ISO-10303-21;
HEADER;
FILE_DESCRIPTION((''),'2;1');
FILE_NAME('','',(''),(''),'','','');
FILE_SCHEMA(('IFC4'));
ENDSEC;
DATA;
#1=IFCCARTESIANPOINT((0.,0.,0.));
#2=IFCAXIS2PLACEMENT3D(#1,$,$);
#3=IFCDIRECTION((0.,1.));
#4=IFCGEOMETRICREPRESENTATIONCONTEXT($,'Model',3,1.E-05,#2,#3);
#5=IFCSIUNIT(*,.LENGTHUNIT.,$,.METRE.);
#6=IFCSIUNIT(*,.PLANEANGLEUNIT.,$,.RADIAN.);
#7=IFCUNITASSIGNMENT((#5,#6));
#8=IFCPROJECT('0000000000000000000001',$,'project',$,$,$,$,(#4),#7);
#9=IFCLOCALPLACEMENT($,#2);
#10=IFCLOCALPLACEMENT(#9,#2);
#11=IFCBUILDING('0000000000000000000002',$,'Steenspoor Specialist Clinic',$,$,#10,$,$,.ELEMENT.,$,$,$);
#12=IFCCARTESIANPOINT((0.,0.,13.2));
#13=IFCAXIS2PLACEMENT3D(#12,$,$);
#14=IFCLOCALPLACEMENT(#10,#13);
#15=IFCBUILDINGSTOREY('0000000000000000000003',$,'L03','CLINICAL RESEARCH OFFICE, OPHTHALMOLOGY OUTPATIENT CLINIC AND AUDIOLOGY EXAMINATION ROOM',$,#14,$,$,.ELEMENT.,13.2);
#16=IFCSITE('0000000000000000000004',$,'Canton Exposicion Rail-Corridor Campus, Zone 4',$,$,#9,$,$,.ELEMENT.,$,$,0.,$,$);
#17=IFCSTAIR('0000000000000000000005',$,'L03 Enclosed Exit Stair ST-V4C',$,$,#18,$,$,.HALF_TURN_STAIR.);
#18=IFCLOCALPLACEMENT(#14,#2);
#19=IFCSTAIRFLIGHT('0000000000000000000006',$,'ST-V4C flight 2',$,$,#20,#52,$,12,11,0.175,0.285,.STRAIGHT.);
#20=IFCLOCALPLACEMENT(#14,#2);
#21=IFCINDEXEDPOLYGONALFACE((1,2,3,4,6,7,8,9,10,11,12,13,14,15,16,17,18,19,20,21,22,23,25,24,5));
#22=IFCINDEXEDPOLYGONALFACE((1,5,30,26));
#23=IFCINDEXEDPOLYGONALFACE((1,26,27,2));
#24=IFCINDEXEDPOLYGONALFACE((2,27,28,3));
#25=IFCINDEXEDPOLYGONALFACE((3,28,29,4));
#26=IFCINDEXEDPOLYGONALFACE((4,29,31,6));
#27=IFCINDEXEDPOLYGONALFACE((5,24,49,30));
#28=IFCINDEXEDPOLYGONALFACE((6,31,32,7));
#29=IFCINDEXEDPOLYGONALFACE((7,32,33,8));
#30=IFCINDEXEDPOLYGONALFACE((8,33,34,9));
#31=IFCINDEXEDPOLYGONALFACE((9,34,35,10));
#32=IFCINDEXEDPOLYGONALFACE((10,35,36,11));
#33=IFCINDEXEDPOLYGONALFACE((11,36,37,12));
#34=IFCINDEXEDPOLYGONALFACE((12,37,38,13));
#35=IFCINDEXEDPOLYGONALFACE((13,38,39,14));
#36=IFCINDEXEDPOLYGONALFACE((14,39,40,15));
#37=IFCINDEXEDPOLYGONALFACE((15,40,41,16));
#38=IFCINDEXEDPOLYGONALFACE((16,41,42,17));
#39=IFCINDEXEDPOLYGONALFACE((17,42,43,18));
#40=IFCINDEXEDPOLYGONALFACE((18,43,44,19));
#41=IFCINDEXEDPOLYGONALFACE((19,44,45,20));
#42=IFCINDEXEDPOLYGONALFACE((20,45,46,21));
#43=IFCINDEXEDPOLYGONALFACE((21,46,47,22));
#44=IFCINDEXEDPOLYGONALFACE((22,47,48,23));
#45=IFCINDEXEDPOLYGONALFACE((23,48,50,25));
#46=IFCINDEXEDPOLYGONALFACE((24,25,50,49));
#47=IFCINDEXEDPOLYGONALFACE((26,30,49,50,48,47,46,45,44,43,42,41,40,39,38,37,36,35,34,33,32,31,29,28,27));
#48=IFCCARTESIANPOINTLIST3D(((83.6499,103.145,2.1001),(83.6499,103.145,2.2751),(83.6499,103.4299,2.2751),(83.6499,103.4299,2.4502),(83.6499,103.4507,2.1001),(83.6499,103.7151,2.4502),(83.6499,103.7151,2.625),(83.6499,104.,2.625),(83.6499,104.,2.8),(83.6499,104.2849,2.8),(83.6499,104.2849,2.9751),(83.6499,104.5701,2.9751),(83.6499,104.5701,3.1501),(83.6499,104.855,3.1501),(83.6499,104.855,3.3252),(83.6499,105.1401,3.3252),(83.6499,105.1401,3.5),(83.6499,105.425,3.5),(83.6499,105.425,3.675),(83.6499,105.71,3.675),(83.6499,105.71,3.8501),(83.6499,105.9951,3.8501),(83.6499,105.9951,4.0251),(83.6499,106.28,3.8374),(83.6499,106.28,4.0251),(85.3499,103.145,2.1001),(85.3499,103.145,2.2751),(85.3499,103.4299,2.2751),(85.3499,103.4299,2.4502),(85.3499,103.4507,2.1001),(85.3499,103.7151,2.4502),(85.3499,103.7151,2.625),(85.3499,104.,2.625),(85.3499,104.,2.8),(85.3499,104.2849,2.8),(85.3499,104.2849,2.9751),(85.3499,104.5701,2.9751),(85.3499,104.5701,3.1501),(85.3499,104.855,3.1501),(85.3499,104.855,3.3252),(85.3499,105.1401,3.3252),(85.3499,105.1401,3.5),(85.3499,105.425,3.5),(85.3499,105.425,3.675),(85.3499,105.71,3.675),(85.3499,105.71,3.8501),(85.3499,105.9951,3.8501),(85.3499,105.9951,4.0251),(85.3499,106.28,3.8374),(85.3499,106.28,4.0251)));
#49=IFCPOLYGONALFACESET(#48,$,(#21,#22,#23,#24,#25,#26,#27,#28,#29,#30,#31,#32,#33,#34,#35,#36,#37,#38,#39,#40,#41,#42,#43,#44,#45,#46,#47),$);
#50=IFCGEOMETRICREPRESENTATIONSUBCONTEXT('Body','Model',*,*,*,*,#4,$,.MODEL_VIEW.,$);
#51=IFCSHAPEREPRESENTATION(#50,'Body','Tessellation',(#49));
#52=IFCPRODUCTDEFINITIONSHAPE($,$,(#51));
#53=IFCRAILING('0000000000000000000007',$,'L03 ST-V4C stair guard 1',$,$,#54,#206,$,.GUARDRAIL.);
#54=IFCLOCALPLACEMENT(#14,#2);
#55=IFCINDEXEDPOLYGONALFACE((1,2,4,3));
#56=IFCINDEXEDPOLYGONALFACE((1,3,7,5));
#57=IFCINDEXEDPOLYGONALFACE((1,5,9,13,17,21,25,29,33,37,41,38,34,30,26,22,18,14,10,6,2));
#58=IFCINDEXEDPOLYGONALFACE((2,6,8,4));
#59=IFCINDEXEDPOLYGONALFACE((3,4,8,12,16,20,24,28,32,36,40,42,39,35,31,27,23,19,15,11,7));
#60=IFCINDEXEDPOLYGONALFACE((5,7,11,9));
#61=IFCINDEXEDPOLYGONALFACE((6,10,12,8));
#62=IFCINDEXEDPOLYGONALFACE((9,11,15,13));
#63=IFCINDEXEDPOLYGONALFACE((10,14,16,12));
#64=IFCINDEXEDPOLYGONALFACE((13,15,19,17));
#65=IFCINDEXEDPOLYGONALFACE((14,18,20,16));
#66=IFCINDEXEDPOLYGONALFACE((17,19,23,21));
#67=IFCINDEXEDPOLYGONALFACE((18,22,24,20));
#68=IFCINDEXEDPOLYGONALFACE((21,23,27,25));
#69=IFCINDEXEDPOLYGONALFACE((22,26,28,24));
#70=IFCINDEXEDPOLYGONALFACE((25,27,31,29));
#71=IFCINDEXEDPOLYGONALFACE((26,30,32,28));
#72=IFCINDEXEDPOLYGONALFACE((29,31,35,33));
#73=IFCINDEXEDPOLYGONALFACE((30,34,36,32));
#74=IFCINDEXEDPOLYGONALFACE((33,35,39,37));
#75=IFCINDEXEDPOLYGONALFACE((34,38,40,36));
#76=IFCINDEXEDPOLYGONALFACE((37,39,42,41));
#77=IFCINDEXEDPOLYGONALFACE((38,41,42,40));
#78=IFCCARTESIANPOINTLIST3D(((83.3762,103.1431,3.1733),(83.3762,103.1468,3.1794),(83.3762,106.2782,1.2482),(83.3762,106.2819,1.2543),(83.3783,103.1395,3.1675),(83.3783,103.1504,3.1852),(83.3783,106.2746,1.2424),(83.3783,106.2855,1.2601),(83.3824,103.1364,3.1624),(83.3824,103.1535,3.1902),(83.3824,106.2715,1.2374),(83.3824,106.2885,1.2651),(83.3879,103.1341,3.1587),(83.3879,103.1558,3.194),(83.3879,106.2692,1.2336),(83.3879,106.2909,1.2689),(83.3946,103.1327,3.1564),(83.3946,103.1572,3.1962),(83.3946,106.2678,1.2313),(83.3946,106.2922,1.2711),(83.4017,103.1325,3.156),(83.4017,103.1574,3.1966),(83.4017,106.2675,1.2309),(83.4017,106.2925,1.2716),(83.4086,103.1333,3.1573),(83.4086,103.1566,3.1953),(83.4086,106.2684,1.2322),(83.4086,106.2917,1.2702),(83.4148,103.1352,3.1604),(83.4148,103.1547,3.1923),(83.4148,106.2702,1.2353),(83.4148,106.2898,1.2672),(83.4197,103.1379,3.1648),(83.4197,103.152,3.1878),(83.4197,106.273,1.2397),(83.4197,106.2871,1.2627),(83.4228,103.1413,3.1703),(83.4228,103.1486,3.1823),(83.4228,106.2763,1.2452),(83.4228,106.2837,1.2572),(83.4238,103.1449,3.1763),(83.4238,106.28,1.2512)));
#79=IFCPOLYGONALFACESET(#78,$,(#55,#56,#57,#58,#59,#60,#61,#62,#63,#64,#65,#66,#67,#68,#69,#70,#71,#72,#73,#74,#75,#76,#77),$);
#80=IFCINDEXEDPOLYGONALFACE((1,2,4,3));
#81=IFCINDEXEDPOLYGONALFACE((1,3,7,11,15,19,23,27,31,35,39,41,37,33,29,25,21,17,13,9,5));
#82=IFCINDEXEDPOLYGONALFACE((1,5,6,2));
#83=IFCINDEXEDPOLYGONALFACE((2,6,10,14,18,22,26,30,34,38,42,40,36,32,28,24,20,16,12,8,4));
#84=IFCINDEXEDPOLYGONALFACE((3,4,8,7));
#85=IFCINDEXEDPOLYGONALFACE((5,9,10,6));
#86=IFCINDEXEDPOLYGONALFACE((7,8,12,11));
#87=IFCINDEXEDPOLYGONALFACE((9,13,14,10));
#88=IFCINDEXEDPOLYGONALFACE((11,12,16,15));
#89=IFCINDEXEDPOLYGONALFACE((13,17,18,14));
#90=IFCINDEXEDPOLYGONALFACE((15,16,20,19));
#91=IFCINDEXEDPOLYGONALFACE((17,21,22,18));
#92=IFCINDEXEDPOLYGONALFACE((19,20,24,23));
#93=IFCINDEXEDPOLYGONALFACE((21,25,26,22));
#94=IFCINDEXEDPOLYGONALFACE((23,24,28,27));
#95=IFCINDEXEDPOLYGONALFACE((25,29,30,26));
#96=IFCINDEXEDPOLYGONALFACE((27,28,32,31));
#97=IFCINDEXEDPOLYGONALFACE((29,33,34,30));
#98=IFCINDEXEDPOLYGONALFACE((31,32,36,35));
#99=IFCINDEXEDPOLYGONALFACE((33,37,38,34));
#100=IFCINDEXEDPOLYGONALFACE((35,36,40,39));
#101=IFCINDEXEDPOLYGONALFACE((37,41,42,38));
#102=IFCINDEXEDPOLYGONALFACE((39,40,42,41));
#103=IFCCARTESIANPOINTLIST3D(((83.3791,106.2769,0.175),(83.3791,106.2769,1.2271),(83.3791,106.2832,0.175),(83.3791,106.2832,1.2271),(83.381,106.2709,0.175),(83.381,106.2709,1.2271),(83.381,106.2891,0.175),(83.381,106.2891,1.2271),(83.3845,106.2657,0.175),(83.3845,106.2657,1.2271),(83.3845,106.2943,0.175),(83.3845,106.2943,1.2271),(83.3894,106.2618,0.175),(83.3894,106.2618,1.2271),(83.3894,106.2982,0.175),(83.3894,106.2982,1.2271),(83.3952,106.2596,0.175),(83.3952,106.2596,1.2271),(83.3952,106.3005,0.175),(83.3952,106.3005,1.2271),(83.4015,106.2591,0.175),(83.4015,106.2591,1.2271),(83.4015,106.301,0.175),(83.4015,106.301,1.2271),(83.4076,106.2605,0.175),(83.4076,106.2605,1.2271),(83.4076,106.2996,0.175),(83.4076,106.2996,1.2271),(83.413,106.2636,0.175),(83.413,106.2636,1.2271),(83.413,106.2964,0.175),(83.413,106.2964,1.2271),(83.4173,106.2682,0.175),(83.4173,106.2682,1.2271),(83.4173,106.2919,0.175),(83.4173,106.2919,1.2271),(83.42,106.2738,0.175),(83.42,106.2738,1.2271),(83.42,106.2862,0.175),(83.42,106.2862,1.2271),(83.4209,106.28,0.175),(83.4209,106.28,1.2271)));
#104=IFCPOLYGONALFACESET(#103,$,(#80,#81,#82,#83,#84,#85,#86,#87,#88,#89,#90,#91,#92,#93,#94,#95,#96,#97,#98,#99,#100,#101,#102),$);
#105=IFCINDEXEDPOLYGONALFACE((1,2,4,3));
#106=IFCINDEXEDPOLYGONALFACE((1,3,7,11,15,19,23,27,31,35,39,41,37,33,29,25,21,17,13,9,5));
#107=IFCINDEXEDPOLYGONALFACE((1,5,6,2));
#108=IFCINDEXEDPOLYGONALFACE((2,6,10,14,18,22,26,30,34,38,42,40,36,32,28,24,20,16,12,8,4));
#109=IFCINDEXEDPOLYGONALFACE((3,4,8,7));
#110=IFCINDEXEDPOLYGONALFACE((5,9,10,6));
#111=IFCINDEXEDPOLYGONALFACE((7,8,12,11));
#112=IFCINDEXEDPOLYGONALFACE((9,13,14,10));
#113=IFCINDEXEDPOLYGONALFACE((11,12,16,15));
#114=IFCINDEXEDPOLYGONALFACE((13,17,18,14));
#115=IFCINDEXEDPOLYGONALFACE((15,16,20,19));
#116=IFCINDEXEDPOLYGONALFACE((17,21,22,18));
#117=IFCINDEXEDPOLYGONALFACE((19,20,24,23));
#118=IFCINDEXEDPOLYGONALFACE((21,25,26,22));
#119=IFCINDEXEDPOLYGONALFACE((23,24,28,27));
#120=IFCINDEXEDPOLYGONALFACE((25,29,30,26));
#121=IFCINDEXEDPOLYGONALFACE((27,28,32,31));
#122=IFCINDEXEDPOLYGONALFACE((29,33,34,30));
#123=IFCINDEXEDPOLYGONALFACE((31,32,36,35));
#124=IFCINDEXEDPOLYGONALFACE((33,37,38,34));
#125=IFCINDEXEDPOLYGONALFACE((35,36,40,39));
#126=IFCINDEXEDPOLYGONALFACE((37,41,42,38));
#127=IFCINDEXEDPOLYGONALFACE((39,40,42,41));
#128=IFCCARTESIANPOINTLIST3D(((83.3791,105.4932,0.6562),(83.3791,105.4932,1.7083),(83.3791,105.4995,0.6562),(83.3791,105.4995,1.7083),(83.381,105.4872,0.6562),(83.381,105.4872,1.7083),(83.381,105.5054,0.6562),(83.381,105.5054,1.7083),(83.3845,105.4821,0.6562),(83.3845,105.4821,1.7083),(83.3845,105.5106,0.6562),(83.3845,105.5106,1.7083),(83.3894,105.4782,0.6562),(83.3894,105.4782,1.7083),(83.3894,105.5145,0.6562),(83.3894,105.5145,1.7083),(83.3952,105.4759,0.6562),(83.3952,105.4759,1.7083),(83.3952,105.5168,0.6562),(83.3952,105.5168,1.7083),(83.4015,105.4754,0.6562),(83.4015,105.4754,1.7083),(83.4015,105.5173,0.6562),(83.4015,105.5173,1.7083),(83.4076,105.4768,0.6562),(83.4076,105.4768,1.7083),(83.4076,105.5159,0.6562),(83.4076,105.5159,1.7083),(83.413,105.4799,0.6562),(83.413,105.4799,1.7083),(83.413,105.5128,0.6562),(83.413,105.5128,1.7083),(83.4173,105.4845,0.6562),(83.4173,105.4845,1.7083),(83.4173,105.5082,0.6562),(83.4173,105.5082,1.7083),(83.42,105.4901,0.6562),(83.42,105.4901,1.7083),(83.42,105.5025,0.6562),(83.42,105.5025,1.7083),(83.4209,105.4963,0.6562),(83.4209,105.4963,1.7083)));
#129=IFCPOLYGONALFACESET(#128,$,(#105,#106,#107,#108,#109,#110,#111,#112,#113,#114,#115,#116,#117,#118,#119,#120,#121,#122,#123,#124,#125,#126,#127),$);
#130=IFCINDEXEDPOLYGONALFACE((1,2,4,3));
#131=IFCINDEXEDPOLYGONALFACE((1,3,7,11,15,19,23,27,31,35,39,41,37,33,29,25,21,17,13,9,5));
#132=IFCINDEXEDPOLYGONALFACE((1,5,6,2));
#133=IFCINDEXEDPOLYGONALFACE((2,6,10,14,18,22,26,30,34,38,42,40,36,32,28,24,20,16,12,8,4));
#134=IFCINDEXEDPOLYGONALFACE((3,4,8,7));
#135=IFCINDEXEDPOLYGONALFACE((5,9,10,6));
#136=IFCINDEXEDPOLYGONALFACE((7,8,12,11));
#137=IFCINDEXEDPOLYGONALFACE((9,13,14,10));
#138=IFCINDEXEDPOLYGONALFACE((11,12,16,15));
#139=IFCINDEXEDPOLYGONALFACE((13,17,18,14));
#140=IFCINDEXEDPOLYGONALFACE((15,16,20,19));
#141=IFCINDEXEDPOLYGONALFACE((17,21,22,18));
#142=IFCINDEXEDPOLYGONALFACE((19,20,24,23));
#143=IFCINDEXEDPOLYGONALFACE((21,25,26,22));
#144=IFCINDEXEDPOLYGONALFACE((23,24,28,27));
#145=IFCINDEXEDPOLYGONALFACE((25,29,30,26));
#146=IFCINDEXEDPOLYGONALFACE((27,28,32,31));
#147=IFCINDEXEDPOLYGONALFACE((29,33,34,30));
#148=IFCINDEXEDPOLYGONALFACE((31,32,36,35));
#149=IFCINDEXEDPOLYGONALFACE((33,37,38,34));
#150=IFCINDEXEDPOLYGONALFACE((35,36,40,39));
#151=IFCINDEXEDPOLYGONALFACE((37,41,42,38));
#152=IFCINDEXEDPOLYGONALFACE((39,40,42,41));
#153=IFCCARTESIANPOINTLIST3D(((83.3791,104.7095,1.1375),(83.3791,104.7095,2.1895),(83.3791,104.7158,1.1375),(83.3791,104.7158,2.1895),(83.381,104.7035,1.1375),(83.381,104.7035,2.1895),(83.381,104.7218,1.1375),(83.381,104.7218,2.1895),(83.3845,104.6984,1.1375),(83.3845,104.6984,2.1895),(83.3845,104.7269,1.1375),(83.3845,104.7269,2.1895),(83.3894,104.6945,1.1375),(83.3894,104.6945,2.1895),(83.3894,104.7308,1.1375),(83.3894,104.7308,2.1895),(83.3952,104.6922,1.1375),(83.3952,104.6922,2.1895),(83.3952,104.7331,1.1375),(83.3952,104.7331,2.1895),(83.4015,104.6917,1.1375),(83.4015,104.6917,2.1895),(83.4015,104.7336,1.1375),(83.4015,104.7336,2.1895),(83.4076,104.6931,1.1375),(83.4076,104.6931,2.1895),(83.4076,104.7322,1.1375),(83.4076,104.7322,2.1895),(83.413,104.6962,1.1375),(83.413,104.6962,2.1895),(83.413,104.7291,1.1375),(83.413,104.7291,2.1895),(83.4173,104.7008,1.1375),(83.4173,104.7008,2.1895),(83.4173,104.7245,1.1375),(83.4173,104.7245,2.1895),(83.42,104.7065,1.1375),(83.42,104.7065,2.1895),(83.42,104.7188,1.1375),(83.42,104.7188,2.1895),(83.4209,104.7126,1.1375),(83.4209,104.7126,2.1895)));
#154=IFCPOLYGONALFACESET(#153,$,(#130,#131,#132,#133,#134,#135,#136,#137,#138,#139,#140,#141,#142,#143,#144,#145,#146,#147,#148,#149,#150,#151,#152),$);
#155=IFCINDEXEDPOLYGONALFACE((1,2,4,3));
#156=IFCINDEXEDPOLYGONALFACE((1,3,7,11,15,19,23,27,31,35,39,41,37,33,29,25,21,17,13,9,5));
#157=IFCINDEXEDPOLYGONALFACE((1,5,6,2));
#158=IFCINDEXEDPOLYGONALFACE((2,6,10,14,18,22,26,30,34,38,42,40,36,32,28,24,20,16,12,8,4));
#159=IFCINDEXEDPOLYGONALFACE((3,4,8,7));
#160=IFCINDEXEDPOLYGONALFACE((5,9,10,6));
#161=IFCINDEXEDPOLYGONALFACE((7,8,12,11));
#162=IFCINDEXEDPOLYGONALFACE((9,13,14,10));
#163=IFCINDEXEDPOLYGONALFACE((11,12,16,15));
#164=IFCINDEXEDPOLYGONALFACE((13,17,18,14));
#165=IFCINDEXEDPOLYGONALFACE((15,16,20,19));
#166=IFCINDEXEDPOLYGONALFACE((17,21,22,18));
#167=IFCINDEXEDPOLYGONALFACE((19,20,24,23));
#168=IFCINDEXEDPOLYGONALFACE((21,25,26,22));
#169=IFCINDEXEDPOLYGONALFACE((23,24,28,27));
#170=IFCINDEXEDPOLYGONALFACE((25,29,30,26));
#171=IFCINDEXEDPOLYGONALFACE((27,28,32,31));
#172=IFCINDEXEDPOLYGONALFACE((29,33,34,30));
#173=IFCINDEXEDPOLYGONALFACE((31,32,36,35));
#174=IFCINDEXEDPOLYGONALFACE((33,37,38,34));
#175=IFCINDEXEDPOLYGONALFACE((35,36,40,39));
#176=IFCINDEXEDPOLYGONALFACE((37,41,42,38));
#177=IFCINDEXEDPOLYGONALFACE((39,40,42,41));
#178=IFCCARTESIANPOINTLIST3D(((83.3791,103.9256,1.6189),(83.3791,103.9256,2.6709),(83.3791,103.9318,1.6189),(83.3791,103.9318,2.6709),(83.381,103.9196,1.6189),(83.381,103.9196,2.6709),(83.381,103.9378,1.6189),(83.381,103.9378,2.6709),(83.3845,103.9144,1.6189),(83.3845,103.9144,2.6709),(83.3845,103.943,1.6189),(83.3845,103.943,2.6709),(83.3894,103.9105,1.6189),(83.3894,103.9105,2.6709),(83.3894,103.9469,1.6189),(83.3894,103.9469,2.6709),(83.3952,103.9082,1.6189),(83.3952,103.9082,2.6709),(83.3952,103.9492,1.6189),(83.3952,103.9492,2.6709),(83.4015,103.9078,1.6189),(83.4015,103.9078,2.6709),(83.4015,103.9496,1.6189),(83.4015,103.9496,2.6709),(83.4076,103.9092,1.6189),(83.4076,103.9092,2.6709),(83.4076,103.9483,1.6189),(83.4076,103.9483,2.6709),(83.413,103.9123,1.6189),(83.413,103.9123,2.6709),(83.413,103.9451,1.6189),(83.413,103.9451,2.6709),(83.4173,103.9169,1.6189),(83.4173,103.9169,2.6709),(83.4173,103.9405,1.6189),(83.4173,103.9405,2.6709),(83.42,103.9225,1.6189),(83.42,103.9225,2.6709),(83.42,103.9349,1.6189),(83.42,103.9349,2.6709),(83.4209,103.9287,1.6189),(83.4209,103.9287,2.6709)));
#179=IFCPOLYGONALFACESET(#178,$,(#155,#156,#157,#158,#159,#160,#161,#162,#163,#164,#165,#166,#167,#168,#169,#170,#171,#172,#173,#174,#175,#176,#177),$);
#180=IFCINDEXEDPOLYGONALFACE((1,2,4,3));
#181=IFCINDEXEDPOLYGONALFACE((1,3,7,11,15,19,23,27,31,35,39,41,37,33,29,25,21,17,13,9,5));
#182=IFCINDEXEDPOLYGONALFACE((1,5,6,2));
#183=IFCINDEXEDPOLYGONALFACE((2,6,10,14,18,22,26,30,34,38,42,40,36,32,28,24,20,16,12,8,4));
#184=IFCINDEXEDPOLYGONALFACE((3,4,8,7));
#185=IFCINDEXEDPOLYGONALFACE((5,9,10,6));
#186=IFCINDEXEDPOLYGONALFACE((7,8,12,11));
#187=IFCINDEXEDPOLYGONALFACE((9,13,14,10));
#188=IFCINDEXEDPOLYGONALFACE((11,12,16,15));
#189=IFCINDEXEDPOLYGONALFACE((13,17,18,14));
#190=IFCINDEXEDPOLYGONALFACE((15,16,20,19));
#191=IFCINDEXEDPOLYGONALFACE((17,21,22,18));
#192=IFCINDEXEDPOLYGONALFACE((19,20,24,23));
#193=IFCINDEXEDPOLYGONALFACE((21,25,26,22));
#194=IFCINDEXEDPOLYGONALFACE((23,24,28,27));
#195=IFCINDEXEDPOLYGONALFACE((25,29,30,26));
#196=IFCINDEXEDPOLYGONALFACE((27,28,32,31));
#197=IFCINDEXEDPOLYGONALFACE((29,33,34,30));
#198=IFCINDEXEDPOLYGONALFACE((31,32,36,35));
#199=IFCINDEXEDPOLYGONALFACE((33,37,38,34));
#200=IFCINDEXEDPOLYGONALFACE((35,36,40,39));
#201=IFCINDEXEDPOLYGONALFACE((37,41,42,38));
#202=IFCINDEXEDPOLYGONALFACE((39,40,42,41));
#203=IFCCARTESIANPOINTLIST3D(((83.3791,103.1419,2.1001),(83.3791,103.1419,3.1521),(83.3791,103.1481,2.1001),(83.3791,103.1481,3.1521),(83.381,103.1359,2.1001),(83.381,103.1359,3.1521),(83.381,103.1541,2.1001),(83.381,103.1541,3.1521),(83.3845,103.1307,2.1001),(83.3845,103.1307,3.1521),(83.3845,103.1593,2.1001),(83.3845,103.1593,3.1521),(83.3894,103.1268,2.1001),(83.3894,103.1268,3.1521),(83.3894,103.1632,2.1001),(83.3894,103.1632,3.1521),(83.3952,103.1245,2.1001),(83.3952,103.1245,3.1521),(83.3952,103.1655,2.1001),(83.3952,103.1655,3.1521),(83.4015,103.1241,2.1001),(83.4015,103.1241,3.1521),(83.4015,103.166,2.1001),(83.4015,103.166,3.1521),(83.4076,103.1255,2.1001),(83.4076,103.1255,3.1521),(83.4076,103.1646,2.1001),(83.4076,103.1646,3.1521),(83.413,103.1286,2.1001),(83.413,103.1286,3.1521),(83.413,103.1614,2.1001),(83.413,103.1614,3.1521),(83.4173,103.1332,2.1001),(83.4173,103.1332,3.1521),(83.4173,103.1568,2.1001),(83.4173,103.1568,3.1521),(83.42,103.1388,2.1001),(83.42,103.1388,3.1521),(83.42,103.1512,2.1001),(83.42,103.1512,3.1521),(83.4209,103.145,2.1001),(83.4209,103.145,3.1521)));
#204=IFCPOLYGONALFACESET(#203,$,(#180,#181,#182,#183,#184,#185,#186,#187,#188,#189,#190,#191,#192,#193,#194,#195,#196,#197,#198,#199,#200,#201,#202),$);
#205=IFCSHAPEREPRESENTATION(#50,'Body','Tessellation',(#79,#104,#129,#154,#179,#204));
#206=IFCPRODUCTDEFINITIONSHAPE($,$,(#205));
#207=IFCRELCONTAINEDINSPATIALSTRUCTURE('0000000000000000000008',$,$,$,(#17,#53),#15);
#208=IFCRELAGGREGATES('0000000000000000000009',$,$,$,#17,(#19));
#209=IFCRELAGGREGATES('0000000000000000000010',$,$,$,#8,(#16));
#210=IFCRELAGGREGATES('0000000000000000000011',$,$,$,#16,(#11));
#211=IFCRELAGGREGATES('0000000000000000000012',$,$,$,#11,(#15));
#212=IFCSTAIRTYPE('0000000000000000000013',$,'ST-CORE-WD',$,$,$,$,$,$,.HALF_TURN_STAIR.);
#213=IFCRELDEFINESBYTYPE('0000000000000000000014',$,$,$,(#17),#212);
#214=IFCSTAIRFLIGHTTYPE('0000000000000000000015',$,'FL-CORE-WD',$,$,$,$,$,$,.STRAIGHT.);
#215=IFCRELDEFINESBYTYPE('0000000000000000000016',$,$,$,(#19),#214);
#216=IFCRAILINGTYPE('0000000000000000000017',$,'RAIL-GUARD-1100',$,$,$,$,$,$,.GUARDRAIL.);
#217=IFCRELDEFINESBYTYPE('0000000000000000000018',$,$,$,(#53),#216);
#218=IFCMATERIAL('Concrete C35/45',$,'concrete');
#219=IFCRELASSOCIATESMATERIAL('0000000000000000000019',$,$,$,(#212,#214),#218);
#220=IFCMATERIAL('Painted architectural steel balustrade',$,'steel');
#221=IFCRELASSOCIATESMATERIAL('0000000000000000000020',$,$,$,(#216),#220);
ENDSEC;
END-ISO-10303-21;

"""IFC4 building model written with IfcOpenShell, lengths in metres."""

from ifc_helpers import new_model, si_unit, direction, frame, origin, origin_2d, place, context, subcontext, project, spatial, polyline, circle, outline, extrude, material, type_object, element, aggregate, save


model = new_model("IFC4")

# Units and contexts
model_context = context("Model", 3, precision=1e-05, world=origin(), true_north=direction((0.0, 1.0)))
body_context = subcontext(model_context, "Body", "Model", "MODEL_VIEW")
ifc_project = project(units=[si_unit("LENGTHUNIT", "METRE"), si_unit("PLANEANGLEUNIT", "RADIAN")], contexts=[model_context])

# Site, building, storey
site_placement = place(None, origin())
site = spatial("IfcSite", under=ifc_project, at=site_placement, Name="Canton Exposicion Rail-Corridor Campus, Zone 4", CompositionType="ELEMENT", RefElevation=0.0)
building_placement = place(site_placement, origin())
building = spatial("IfcBuilding", under=site, at=building_placement, Name="Steenspoor Specialist Clinic", CompositionType="ELEMENT")
storey_placement = place(building_placement, frame((0.0, 0.0, 13.2)))
storey = spatial("IfcBuildingStorey", under=building, at=storey_placement, Name="L03", Description="CLINICAL RESEARCH OFFICE, OPHTHALMOLOGY OUTPATIENT CLINIC AND AUDIOLOGY EXAMINATION ROOM", CompositionType="ELEMENT", Elevation=13.2)

# Shared definitions
ifc_material_1 = material(Name="Concrete C35/45", Category="concrete")

# Stair, stair flight
stair_type = type_object("IfcStairType", Name="ST-CORE-WD", PredefinedType="HALF_TURN_STAIR", material=ifc_material_1)
stair_placement = place(storey_placement, origin())
stair = element("IfcStair", 1, at=stair_placement, inside=storey, type_object=stair_type, Name="L03 Enclosed Exit Stair ST-V4C", PredefinedType="HALF_TURN_STAIR")
stair_flight_type = type_object("IfcStairFlightType", Name="FL-CORE-WD", PredefinedType="STRAIGHT", material=ifc_material_1)
stair_flight_1_placement = place(storey_placement, frame((84.5, 103.145, 2.1001), z_axis=(0.0, 0.0, 1.0), x_axis=(0.0, 1.0, 0.0)))
stair_flight_1 = element("IfcStairFlight", 2, at=stair_flight_1_placement, type_object=stair_flight_type, Name="ST-V4C flight 2", NumberOfRisers=12, NumberOfTreads=11, PredefinedType="STRAIGHT", RiserHeight=0.175, TreadLength=0.285, context=body_context, shape_type="SweptSolid", body=[
    extrude(outline(polyline([(0.0, 0.0), (0.0, 0.175), (0.2849, 0.175), (0.2849, 0.3501), (0.5701, 0.3501), (0.5701, 0.5249), (0.855, 0.5249), (0.855, 0.7), (1.1399, 0.7), (1.1399, 0.875), (1.425, 0.875), (1.425, 1.05), (1.71, 1.05), (1.71, 1.2251), (1.9951, 1.2251), (1.9951, 1.3999), (2.28, 1.3999), (2.28, 1.575), (2.5649, 1.575), (2.5649, 1.75), (2.8501, 1.75), (2.8501, 1.925), (3.135, 1.925), (3.135, 2.1001), (3.135, 1.7373), (0.3057, 0.0), (0.0, 0.0)])), frame((0.0, 0.8501, 0.0), z_axis=(0.0, -1.0, 0.0), x_axis=(1.0, 0.0, 0.0)), (0.0, 0.0, 1.0), 1.7),
])
aggregate(stair, [stair_flight_1])

# Railing
ifc_material_2 = material(Name="Painted architectural steel balustrade", Category="steel")
railing_type_1 = type_object("IfcRailingType", Name="RAIL-GUARD-1100", PredefinedType="GUARDRAIL", material=ifc_material_2)
railing_1_placement = place(storey_placement, frame((83.3999, 106.28, 0.175)))
element("IfcRailing", 3, at=railing_1_placement, inside=storey, type_object=railing_type_1, Name="L03 ST-V4C stair guard 1", PredefinedType="GUARDRAIL", context=body_context, shape_type="SweptSolid", body=[
    extrude(circle(Radius=0.0239, at=origin_2d()), frame((0.0, 0.0, 1.0762), z_axis=(0.0, -0.852166, 0.523271), x_axis=(1.0, 0.0, 0.0)), (0.0, 0.0, 1.0), 3.679),
    extrude(circle(Radius=0.021, at=origin_2d()), origin(), (0.0, 0.0, 1.0), 1.052),
    extrude(circle(Radius=0.021, at=origin_2d()), frame((0.0, -0.7837, 0.4812)), (0.0, 0.0, 1.0), 1.052),
    extrude(circle(Radius=0.021, at=origin_2d()), frame((0.0, -1.5674, 0.9624)), (0.0, 0.0, 1.0), 1.052),
    extrude(circle(Radius=0.021, at=origin_2d()), frame((0.0, -2.3513, 1.4438)), (0.0, 0.0, 1.0), 1.052),
    extrude(circle(Radius=0.021, at=origin_2d()), frame((0.0, -3.135, 1.925)), (0.0, 0.0, 1.0), 1.052),
])

save(model, "model.ifc")
